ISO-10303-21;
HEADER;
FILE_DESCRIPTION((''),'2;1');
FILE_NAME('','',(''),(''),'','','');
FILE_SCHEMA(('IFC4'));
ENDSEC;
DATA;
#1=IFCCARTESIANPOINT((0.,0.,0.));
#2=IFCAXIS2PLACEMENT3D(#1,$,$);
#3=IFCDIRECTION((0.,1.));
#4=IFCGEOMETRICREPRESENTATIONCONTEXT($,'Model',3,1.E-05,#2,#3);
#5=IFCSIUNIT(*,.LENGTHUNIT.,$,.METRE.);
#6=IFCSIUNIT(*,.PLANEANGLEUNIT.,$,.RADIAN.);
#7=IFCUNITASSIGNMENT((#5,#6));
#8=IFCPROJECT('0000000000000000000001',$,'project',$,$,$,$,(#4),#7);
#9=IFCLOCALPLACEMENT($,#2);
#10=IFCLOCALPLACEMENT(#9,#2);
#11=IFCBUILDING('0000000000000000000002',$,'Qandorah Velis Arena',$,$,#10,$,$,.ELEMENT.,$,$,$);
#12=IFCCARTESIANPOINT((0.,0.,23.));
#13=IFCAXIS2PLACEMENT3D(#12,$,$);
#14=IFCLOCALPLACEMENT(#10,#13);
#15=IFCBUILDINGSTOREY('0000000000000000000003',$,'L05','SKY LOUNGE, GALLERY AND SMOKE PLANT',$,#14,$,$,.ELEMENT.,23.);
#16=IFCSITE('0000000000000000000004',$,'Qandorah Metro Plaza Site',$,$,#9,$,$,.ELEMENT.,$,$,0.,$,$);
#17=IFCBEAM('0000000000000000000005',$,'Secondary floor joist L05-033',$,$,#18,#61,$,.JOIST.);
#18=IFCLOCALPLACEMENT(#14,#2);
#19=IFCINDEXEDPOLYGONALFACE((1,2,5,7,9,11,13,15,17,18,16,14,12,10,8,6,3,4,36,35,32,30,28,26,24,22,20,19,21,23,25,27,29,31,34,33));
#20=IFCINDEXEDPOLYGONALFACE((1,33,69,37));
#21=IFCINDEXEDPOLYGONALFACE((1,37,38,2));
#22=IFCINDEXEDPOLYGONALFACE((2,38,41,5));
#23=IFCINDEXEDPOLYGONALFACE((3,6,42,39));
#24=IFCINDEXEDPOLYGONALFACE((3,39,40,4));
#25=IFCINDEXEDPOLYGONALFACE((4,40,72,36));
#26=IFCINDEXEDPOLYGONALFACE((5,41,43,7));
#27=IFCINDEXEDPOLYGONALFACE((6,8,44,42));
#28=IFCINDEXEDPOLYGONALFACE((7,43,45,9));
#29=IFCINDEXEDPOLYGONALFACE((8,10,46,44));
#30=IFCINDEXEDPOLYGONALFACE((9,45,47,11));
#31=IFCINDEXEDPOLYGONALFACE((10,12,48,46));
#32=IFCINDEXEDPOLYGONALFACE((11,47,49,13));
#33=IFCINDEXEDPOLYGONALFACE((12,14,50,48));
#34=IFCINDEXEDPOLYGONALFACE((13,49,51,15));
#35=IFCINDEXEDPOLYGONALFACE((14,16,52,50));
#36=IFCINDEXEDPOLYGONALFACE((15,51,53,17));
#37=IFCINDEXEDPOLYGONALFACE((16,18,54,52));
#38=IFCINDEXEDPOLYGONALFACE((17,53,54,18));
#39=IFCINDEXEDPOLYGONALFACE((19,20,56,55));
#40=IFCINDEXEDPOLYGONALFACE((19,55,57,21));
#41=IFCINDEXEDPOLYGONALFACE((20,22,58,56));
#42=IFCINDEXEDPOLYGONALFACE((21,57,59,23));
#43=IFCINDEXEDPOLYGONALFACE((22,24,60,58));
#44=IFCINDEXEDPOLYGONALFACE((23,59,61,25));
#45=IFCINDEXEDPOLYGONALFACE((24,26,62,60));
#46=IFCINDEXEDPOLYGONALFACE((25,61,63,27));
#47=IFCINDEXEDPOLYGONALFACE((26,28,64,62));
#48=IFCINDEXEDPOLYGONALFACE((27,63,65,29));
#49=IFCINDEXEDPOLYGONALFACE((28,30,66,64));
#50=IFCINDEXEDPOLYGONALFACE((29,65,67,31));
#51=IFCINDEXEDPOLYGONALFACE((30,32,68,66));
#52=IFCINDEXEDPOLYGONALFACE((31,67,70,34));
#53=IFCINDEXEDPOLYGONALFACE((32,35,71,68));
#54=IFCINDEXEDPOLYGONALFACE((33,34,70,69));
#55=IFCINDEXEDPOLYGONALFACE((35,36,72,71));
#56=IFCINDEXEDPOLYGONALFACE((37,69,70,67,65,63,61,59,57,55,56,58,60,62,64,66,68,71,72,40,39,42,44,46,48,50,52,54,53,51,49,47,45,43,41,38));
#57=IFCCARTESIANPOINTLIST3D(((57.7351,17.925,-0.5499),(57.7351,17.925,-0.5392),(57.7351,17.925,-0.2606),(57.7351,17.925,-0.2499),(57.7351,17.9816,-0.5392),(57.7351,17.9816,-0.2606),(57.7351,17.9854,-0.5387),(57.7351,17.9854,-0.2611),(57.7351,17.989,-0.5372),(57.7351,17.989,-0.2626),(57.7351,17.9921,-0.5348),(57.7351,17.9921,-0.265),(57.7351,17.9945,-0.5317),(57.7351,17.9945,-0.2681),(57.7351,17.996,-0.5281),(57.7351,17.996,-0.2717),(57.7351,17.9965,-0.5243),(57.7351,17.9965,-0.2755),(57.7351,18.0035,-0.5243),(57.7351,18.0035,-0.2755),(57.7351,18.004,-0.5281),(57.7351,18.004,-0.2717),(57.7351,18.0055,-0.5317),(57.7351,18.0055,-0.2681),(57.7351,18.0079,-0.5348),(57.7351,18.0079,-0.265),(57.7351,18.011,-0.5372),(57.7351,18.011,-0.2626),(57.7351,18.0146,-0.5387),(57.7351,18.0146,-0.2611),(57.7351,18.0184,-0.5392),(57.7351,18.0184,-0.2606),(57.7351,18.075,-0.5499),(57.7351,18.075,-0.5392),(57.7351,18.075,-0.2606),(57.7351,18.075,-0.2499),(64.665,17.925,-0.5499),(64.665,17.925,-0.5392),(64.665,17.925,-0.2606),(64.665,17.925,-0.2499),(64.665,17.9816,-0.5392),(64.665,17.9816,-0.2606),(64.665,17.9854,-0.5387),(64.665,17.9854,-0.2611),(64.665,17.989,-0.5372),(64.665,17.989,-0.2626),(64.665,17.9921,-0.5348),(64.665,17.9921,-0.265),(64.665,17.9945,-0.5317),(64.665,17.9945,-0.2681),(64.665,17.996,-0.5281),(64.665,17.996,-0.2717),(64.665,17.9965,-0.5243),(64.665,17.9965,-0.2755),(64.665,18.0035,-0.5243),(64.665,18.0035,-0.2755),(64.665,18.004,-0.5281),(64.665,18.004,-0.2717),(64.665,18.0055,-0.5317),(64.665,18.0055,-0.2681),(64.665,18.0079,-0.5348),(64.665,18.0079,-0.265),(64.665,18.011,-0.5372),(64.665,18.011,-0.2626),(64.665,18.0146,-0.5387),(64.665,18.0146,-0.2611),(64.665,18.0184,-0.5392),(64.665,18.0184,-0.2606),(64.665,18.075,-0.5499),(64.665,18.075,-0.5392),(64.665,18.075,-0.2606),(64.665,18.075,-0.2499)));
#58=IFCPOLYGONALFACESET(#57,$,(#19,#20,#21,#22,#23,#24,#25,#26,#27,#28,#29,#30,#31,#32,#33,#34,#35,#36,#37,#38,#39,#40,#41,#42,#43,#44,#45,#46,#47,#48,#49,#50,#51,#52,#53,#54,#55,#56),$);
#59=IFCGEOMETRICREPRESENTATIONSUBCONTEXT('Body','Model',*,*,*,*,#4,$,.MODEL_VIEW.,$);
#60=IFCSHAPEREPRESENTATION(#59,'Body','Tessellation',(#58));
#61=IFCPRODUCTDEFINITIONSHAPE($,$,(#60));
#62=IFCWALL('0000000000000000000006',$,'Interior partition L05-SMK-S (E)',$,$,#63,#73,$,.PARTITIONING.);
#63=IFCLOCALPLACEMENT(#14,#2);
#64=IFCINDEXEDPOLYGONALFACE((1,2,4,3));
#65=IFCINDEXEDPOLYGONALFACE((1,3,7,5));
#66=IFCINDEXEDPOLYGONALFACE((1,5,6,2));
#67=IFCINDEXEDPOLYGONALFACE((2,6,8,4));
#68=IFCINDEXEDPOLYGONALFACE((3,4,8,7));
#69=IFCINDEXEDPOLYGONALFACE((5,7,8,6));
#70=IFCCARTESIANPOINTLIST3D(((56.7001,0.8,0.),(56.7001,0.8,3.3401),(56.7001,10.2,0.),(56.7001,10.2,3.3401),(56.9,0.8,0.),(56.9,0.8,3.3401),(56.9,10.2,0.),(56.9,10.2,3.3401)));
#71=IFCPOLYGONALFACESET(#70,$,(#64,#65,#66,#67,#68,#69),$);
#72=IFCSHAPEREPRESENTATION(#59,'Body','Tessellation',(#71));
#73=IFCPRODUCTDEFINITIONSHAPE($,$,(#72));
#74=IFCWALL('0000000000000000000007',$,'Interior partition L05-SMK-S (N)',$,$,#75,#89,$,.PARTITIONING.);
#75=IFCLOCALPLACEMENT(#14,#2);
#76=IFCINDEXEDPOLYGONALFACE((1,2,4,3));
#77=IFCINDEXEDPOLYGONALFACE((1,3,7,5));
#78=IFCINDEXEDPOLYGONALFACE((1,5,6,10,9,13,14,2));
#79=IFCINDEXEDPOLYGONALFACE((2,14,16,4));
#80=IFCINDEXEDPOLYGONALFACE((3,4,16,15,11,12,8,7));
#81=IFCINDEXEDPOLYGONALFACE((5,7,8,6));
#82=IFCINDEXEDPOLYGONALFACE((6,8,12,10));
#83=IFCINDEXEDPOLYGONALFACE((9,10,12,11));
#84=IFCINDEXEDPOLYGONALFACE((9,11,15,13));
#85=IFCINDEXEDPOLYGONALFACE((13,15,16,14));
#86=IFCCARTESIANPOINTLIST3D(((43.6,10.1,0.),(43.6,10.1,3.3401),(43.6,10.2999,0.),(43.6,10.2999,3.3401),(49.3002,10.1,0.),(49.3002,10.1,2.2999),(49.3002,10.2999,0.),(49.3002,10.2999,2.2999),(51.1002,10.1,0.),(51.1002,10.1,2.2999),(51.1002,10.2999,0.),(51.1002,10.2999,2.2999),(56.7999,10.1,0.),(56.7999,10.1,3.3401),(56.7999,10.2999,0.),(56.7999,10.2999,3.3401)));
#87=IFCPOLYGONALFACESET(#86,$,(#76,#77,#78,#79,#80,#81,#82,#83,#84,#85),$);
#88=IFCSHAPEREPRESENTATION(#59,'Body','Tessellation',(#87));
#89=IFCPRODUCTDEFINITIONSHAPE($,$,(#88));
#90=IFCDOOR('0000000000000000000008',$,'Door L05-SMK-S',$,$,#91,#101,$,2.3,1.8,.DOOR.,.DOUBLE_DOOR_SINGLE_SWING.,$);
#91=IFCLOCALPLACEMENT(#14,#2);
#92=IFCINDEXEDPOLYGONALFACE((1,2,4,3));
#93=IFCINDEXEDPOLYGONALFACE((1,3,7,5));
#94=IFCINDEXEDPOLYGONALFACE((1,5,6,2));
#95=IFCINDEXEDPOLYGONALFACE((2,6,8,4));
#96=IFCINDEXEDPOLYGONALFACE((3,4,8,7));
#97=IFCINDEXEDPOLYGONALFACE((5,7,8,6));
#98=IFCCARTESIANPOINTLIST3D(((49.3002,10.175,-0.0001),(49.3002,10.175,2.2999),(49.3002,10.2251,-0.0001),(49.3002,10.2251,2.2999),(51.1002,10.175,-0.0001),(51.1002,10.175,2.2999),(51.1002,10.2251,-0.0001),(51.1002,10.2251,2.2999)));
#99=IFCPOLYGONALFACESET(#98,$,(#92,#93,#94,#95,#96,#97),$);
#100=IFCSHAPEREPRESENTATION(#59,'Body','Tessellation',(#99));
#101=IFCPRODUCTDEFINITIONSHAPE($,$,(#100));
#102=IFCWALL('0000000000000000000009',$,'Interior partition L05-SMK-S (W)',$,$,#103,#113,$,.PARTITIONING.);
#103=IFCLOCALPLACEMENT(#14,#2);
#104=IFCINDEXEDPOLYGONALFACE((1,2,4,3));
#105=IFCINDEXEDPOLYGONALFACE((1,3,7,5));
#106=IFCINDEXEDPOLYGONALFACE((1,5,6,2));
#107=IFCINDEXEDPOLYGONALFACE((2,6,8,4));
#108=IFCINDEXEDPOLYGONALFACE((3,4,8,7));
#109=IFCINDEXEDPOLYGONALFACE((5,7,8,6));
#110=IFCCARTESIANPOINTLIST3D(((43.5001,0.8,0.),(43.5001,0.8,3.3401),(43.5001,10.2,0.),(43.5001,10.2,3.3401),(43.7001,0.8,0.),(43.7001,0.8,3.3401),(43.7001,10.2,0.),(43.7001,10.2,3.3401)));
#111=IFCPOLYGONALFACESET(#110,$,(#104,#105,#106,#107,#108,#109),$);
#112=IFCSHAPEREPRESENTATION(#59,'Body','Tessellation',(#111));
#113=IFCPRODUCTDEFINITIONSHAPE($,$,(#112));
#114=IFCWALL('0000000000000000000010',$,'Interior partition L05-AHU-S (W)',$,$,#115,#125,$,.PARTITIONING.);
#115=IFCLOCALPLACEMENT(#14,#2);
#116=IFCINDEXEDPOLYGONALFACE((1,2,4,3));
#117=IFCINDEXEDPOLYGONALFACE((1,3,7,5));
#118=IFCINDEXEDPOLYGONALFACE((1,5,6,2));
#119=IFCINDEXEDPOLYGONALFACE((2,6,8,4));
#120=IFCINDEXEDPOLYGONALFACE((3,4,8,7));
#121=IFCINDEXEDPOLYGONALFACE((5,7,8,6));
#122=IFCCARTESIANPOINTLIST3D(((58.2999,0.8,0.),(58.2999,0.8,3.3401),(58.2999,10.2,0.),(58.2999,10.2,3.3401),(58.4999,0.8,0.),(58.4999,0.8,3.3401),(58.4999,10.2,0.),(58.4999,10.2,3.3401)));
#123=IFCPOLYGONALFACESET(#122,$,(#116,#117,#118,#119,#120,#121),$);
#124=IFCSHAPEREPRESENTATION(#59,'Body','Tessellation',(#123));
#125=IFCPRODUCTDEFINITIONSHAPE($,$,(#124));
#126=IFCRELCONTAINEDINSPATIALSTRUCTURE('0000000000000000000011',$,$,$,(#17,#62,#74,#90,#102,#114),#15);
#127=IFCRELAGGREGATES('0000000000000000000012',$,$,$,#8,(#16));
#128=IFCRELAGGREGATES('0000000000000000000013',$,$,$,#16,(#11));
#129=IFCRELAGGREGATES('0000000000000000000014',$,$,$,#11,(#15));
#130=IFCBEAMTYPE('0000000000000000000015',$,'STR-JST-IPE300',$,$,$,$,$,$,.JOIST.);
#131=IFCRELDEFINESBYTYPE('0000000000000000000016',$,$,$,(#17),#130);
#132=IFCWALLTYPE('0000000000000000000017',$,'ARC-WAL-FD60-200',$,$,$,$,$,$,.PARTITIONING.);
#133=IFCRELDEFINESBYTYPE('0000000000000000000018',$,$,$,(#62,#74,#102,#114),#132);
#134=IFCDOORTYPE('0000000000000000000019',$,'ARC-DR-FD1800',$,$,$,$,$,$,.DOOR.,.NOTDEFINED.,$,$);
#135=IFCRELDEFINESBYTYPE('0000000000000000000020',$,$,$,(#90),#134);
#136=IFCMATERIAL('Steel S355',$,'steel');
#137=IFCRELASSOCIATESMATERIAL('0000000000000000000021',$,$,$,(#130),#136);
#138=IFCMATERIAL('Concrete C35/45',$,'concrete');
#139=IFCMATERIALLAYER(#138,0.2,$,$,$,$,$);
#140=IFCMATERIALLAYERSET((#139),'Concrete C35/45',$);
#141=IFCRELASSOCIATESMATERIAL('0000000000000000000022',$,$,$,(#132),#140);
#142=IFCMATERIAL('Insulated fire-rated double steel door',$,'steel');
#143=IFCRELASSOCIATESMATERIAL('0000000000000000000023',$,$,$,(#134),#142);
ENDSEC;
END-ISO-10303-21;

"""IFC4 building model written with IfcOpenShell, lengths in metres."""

from ifc_helpers import new_model, si_unit, direction, frame, frame_2d, origin, origin_2d, place, context, subcontext, project, spatial, rectangle, i_section, extrude, material, layer, layer_set, material_profile, profile_set, type_object, element, fill, save


model = new_model("IFC4")

# Units and contexts
model_context = context("Model", 3, precision=1e-05, world=origin(), true_north=direction((0.0, 1.0)))
body_context = subcontext(model_context, "Body", "Model", "MODEL_VIEW")
ifc_project = project(units=[si_unit("LENGTHUNIT", "METRE"), si_unit("PLANEANGLEUNIT", "RADIAN")], contexts=[model_context])

# Site, building, storey
site_placement = place(None, origin())
site = spatial("IfcSite", under=ifc_project, at=site_placement, Name="Qandorah Metro Plaza Site", CompositionType="ELEMENT", RefElevation=0.0)
building_placement = place(site_placement, origin())
building = spatial("IfcBuilding", under=site, at=building_placement, Name="Qandorah Velis Arena", CompositionType="ELEMENT")
storey_placement = place(building_placement, frame((0.0, 0.0, 23.0)))
storey = spatial("IfcBuildingStorey", under=building, at=storey_placement, Name="L05", Description="SKY LOUNGE, GALLERY AND SMOKE PLANT", CompositionType="ELEMENT", Elevation=23.0)

# Beam
ifc_material_1 = material(Name="Steel S355", Category="steel")
ifc_material_profile_1 = material_profile(ifc_material_1, i_section(OverallWidth=0.1499, OverallDepth=0.3, WebThickness=0.0071, FlangeThickness=0.0107, FilletRadius=0.0149, at=origin_2d()), Name="IPE 300")
ifc_profile_set_1 = profile_set([ifc_material_profile_1], Name="Steel S355")
beam_type_1 = type_object("IfcBeamType", Name="STR-JST-IPE300", PredefinedType="JOIST", material=ifc_profile_set_1)
for number, where, z_axis, x_axis, name in (
    (1, (57.7351, 18.0, -0.3999), (1.0, 0.0, 0.0), (0.0, 1.0, 0.0), "Secondary floor joist L05-033"),
):
    element("IfcBeam", number, at=place(storey_placement, frame(where, z_axis=z_axis, x_axis=x_axis)), inside=storey, type_object=beam_type_1, Name=name, PredefinedType="JOIST", context=body_context, shape_type="SweptSolid", body=[
        extrude(i_section(OverallWidth=0.1499, OverallDepth=0.3, WebThickness=0.0071, FlangeThickness=0.0107, FilletRadius=0.0149, at=origin_2d()), origin(), (0.0, 0.0, 1.0), 6.9299),
    ])

# Wall
ifc_material_2 = material(Name="Concrete C35/45", Category="concrete")
ifc_layer = layer(ifc_material_2, 0.2)
ifc_layer_set = layer_set([ifc_layer], Name="Concrete C35/45")
wall_type = type_object("IfcWallType", Name="ARC-WAL-FD60-200", PredefinedType="PARTITIONING", material=ifc_layer_set)
wall_1_placement = place(storey_placement, frame((56.8, 0.8, 0.0), z_axis=(0.0, 0.0, 1.0), x_axis=(0.0, 1.0, 0.0)))
element("IfcWall", 2, at=wall_1_placement, inside=storey, type_object=wall_type, Name="Interior partition L05-SMK-S (E)", PredefinedType="PARTITIONING", context=body_context, shape_type="SweptSolid", body=[
    extrude(rectangle(XDim=9.3999, YDim=0.2, at=frame_2d((4.7, 0.0))), origin(), (0.0, 0.0, 1.0), 3.3401),
])

# Wall, opening, door
wall_2_placement = place(storey_placement, frame((56.8, 10.2, 0.0), z_axis=(0.0, 0.0, 1.0), x_axis=(-1.0, 0.0, 0.0)))
wall_2 = element("IfcWall", 3, at=wall_2_placement, inside=storey, type_object=wall_type, Name="Interior partition L05-SMK-S (N)", PredefinedType="PARTITIONING", context=body_context, shape_type="SweptSolid", body=[
    extrude(rectangle(XDim=13.2, YDim=0.2, at=frame_2d((6.6001, 0.0))), origin(), (0.0, 0.0, 1.0), 3.3401),
])
opening_placement = place(wall_2_placement, frame((5.7, 0.0, 0.0)))
opening = element("IfcOpeningElement", 4, at=opening_placement, cuts=wall_2, PredefinedType="OPENING", context=body_context, shape_type="SweptSolid", body=[
    extrude(rectangle(XDim=1.8, YDim=2.3, at=frame_2d((0.8999, 1.1499))), frame((0.0, 0.1099, 0.0), z_axis=(0.0, -1.0, 0.0), x_axis=(1.0, 0.0, 0.0)), (0.0, 0.0, 1.0), 0.22),
])
ifc_material_3 = material(Name="Insulated fire-rated double steel door", Category="steel")
door_type = type_object("IfcDoorType", Name="ARC-DR-FD1800", OperationType="NOTDEFINED", PredefinedType="DOOR", material=ifc_material_3)
door_placement = place(opening_placement, origin())
door = element("IfcDoor", 5, at=door_placement, inside=storey, type_object=door_type, Name="Door L05-SMK-S", OperationType="DOUBLE_DOOR_SINGLE_SWING", OverallHeight=2.3, OverallWidth=1.8, PredefinedType="DOOR", context=body_context, shape_type="SweptSolid", body=[
    extrude(rectangle(XDim=1.8, YDim=2.3, at=frame_2d((0.8999, 1.1499))), frame((0.0, 0.0249, 0.0), z_axis=(0.0, -1.0, 0.0), x_axis=(1.0, 0.0, 0.0)), (0.0, 0.0, 1.0), 0.05),
])
fill(opening, door)

# Walls
for number, where, z_axis, x_axis, name in (
    (6, (43.6001, 10.2, 0.0), (0.0, 0.0, 1.0), (0.0, -1.0, 0.0), "Interior partition L05-SMK-S (W)"),
    (7, (58.3999, 10.2, 0.0), (0.0, 0.0, 1.0), (0.0, -1.0, 0.0), "Interior partition L05-AHU-S (W)"),
):
    element("IfcWall", number, at=place(storey_placement, frame(where, z_axis=z_axis, x_axis=x_axis)), inside=storey, type_object=wall_type, Name=name, PredefinedType="PARTITIONING", context=body_context, shape_type="SweptSolid", body=[
        extrude(rectangle(XDim=9.3999, YDim=0.2, at=frame_2d((4.7, 0.0))), origin(), (0.0, 0.0, 1.0), 3.3401),
    ])

save(model, "model.ifc")
